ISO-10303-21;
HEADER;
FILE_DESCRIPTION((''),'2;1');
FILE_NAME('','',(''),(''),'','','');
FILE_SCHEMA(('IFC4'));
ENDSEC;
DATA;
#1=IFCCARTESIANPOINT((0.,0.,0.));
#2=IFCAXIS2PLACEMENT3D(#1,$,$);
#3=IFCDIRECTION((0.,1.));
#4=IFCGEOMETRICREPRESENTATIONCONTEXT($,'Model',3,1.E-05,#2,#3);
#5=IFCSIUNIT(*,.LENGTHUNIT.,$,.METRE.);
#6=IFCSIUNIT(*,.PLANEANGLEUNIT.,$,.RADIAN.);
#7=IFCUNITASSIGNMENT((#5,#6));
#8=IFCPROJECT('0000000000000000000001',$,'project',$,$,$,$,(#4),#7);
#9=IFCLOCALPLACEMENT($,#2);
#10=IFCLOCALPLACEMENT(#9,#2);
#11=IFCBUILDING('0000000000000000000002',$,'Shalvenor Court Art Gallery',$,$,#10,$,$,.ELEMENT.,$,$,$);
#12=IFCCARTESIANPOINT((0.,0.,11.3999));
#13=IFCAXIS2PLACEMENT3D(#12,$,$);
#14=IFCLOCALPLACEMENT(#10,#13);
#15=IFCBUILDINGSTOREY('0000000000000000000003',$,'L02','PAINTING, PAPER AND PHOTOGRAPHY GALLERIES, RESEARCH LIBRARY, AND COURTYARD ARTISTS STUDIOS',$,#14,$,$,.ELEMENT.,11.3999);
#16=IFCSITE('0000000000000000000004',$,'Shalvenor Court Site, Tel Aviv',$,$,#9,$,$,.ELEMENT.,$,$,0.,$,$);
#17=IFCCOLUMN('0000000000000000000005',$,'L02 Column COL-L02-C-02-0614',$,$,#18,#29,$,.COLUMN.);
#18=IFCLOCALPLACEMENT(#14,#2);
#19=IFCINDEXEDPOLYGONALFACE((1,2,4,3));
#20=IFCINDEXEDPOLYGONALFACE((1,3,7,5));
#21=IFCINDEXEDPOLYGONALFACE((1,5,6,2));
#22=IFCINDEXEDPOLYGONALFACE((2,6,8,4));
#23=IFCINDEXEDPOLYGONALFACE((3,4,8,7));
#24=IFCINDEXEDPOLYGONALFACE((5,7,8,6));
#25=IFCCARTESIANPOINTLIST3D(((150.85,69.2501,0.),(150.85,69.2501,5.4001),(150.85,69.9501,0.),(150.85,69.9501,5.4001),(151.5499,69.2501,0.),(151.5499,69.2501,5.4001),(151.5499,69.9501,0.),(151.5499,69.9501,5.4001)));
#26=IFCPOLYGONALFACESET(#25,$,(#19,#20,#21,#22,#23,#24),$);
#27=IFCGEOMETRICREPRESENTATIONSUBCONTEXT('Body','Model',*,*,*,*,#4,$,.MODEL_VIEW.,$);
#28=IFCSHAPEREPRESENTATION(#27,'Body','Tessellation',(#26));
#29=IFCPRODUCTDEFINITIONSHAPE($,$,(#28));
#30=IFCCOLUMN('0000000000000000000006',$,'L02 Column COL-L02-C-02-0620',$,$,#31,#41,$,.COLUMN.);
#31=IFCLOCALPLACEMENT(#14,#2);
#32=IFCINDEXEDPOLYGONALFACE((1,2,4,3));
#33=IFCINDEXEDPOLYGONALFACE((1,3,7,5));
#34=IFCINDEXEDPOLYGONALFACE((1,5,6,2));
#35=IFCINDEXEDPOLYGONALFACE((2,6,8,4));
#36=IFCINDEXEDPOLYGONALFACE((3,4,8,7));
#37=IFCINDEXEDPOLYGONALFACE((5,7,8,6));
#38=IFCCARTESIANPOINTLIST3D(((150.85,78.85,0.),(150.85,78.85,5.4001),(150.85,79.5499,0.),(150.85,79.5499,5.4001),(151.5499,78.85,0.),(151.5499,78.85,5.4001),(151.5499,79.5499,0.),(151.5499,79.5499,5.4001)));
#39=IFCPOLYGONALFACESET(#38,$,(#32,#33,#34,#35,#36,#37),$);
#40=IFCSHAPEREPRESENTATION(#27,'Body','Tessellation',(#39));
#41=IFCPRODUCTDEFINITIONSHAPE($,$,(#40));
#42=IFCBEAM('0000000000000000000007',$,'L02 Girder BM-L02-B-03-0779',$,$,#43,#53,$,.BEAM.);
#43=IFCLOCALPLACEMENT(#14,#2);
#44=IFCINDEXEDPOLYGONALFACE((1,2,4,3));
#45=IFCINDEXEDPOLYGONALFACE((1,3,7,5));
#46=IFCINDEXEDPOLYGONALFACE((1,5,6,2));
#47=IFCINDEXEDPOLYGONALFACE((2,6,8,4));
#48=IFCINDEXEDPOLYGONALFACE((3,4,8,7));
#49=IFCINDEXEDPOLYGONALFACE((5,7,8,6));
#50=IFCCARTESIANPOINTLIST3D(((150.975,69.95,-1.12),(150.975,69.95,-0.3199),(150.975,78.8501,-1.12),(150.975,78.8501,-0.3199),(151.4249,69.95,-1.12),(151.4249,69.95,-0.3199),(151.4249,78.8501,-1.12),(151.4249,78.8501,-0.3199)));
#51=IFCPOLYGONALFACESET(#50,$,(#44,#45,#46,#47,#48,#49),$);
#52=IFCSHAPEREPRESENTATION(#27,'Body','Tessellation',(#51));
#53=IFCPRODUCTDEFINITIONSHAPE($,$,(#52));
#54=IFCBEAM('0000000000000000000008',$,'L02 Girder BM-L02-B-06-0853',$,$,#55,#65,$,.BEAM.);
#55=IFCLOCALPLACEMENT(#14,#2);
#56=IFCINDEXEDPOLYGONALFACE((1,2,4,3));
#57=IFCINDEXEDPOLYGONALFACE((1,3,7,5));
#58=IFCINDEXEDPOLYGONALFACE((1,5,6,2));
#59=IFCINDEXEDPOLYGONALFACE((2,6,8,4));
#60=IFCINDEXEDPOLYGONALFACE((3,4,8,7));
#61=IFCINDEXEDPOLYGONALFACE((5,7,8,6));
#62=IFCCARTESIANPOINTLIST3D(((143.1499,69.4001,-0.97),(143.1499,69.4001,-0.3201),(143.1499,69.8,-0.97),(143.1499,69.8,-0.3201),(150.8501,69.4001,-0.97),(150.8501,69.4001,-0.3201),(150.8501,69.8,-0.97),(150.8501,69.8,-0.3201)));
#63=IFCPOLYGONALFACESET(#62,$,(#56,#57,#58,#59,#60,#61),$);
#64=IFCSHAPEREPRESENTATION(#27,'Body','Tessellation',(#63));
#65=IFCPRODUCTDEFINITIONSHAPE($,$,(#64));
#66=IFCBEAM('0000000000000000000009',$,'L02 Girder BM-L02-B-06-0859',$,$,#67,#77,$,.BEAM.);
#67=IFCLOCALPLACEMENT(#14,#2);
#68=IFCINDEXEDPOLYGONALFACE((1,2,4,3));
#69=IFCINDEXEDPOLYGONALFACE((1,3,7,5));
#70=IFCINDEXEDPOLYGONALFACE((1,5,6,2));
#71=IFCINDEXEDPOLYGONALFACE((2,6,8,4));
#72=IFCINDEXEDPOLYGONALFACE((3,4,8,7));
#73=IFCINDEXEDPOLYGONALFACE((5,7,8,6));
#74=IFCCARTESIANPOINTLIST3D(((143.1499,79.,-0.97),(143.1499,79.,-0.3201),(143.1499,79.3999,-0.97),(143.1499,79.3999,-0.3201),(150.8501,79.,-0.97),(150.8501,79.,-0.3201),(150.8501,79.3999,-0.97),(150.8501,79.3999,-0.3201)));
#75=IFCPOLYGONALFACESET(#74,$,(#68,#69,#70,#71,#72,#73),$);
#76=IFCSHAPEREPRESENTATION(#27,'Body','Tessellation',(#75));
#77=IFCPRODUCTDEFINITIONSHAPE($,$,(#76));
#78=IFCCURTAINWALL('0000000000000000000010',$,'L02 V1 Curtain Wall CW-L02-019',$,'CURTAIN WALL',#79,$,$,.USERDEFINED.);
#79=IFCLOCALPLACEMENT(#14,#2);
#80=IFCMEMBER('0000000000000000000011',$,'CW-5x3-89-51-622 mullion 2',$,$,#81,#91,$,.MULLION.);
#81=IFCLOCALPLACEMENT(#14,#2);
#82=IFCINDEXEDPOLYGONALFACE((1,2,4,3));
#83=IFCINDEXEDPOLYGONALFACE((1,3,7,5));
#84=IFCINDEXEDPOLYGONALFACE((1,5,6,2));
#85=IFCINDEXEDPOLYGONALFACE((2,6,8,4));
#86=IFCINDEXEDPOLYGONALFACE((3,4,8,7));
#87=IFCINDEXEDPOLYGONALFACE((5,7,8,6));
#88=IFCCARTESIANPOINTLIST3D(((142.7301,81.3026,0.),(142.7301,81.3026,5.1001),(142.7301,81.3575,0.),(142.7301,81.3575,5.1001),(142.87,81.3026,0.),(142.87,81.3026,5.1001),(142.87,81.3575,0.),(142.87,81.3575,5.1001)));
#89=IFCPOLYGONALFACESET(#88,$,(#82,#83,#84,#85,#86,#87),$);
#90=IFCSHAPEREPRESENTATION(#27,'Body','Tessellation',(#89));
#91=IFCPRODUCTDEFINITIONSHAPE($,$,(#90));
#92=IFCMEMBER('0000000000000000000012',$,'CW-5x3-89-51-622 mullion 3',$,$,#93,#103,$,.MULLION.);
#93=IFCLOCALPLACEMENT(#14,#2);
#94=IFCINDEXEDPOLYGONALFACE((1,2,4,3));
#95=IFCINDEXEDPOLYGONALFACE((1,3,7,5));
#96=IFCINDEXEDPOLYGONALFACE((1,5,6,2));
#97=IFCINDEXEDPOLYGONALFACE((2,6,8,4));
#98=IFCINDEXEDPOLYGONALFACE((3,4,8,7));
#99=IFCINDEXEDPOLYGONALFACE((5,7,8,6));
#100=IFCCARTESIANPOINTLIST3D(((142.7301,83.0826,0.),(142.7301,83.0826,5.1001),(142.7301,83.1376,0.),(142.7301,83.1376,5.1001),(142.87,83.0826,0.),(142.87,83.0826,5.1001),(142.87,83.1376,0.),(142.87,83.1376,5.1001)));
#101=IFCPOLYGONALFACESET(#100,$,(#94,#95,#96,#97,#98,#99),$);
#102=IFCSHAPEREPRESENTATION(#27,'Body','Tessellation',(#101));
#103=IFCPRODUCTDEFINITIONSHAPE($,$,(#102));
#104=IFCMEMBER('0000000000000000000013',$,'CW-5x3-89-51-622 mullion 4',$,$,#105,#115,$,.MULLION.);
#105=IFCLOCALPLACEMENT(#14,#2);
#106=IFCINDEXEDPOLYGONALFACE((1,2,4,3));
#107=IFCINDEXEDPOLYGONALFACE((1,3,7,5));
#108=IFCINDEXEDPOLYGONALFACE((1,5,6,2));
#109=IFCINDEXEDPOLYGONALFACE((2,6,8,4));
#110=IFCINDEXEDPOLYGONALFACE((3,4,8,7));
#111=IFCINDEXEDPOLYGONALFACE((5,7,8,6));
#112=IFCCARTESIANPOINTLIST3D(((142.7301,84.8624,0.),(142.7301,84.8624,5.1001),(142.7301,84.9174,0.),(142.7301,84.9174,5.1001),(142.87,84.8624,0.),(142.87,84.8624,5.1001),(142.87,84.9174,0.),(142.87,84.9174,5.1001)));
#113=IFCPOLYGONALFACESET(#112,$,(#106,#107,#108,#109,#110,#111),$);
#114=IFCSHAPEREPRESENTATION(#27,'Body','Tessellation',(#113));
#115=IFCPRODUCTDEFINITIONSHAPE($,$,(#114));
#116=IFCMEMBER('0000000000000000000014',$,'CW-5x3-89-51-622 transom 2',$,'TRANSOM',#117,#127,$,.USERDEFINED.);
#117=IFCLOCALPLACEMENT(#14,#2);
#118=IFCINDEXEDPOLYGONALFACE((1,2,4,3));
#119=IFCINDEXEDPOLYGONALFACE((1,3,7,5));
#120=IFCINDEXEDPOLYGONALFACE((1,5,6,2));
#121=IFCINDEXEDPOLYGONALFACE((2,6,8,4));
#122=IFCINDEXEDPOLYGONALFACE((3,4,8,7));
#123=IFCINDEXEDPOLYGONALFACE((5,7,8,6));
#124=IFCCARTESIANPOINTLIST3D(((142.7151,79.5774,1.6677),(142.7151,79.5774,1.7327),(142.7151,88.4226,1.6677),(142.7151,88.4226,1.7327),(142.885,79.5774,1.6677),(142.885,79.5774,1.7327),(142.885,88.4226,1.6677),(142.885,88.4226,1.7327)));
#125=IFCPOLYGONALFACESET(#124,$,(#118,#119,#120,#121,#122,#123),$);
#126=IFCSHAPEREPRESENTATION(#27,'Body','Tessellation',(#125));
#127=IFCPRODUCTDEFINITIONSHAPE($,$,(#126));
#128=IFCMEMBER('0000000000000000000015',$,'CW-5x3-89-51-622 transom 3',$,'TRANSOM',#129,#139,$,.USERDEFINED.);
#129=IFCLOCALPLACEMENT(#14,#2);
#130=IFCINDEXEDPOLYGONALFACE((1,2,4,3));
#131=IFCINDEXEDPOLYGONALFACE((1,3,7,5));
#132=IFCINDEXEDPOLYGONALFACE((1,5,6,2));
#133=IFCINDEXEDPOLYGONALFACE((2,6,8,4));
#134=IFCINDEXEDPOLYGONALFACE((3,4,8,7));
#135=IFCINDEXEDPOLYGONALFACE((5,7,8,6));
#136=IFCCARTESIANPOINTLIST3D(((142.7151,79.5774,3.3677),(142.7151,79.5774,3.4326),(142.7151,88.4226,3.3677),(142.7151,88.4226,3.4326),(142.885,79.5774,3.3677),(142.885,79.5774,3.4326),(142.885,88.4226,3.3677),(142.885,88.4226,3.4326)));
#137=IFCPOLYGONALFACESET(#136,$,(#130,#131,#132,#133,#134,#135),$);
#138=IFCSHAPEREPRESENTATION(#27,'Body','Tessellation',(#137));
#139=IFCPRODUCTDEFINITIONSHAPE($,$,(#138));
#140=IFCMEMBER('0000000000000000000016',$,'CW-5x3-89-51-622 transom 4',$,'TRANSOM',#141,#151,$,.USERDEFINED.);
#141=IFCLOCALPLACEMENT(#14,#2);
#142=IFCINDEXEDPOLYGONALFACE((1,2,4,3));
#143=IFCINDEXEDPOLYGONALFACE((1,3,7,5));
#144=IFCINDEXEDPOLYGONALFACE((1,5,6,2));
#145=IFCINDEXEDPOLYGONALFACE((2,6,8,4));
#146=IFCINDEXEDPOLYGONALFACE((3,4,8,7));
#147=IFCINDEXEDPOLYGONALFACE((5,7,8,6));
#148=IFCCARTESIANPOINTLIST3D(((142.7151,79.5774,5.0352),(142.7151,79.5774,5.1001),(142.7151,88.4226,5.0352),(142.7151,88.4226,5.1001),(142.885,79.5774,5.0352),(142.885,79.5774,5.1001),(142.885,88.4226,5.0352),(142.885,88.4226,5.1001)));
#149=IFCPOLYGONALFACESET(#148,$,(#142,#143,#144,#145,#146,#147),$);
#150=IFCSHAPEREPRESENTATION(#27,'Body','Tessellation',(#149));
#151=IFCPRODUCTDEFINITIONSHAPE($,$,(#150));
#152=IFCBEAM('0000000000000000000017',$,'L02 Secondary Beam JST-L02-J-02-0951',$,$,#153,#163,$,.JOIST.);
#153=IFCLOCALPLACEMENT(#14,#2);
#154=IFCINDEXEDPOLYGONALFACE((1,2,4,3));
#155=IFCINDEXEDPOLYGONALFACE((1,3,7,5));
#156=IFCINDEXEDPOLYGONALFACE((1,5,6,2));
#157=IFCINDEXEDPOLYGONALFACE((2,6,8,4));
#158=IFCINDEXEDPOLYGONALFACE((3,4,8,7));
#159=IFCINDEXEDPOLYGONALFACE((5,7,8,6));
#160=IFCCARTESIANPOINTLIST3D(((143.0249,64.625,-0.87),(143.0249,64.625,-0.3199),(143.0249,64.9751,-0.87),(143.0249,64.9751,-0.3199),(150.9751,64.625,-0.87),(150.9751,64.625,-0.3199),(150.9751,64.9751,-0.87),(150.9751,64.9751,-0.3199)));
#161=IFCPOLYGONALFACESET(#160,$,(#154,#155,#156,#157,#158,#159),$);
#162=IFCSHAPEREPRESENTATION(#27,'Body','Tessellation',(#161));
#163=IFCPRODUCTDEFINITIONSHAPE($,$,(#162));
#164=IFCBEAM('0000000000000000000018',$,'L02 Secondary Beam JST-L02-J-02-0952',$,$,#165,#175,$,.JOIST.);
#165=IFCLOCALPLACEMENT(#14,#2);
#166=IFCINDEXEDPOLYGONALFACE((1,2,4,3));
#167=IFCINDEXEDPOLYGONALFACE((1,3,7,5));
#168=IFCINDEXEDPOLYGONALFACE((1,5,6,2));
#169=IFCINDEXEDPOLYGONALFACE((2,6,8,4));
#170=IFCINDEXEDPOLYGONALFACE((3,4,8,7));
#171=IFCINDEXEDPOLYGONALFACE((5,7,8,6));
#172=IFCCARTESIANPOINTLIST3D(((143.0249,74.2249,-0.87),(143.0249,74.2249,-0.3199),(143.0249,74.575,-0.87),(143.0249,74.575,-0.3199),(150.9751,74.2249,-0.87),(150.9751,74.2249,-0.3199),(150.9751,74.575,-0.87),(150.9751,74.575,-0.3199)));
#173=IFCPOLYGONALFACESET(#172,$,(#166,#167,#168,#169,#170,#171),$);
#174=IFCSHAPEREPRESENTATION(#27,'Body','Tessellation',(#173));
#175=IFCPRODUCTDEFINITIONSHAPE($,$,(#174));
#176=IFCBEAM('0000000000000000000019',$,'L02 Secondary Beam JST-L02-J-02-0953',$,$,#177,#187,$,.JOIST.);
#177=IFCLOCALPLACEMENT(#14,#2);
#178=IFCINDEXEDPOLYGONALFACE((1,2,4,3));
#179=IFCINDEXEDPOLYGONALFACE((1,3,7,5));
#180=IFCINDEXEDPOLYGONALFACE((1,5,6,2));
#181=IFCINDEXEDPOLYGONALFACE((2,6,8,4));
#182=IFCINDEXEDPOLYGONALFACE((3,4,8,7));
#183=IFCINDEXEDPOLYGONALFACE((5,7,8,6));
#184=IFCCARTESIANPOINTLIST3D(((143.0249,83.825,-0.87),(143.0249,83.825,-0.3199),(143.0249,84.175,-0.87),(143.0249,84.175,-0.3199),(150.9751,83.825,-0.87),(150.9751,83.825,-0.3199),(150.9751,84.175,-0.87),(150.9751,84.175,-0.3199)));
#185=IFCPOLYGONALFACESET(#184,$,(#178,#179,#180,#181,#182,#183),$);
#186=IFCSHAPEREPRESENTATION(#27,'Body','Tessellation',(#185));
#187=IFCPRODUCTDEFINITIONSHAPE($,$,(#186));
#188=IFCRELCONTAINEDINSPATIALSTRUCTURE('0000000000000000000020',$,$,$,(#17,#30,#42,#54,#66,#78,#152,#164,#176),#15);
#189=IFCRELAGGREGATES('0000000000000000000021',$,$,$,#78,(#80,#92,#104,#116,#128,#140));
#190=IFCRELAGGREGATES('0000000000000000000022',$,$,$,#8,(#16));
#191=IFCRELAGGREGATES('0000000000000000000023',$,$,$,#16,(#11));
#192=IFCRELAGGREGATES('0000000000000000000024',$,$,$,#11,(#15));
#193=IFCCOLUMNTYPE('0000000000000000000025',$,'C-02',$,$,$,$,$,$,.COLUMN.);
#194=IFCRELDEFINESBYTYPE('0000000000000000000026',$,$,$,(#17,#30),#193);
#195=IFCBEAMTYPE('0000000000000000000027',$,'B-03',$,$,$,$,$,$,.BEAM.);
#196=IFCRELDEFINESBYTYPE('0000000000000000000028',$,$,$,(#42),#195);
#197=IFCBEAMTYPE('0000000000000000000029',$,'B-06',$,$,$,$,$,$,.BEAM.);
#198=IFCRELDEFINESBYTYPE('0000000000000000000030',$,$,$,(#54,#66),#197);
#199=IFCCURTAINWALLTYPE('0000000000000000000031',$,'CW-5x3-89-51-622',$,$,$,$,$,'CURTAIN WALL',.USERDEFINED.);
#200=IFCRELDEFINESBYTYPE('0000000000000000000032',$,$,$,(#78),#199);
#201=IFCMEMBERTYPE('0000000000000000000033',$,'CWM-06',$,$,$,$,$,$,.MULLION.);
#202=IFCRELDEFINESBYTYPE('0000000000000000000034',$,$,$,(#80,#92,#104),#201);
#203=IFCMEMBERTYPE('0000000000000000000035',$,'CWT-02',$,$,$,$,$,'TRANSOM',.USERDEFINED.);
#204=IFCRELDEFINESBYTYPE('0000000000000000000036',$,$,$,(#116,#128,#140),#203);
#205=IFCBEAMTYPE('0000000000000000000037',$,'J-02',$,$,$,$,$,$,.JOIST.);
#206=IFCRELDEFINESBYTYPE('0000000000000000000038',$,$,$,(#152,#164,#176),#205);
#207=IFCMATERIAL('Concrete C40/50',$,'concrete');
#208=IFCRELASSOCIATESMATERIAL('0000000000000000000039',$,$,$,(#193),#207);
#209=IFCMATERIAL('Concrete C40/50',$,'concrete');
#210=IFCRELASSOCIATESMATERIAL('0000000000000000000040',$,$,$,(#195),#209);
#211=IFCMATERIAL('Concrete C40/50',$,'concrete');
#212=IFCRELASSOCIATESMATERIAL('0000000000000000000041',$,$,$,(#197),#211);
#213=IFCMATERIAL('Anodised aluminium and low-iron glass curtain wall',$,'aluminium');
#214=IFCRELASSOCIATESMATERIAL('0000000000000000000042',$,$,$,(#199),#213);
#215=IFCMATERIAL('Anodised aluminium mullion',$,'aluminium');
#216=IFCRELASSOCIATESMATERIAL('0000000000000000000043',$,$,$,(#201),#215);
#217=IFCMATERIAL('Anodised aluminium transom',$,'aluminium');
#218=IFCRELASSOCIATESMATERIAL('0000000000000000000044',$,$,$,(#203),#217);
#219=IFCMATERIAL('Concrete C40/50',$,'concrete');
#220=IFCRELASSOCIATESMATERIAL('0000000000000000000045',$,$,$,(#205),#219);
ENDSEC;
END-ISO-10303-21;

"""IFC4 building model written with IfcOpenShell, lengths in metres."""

from ifc_helpers import new_model, si_unit, direction, frame, origin, origin_2d, place, context, subcontext, project, spatial, rectangle, extrude, material, material_profile, profile_set, type_object, element, aggregate, save


model = new_model("IFC4")

# Units and contexts
model_context = context("Model", 3, precision=1e-05, world=origin(), true_north=direction((0.0, 1.0)))
body_context = subcontext(model_context, "Body", "Model", "MODEL_VIEW")
ifc_project = project(units=[si_unit("LENGTHUNIT", "METRE"), si_unit("PLANEANGLEUNIT", "RADIAN")], contexts=[model_context])

# Site, building, storey
site_placement = place(None, origin())
site = spatial("IfcSite", under=ifc_project, at=site_placement, Name="Shalvenor Court Site, Tel Aviv", CompositionType="ELEMENT", RefElevation=0.0)
building_placement = place(site_placement, origin())
building = spatial("IfcBuilding", under=site, at=building_placement, Name="Shalvenor Court Art Gallery", CompositionType="ELEMENT")
storey_placement = place(building_placement, frame((0.0, 0.0, 11.3999)))
storey = spatial("IfcBuildingStorey", under=building, at=storey_placement, Name="L02", Description="PAINTING, PAPER AND PHOTOGRAPHY GALLERIES, RESEARCH LIBRARY, AND COURTYARD ARTISTS STUDIOS", CompositionType="ELEMENT", Elevation=11.3999)

# Columns
ifc_material_1 = material(Name="Concrete C40/50", Category="concrete")
ifc_material_profile_1 = material_profile(ifc_material_1, rectangle(XDim=0.7, YDim=0.7, at=origin_2d()), Name="RC 700x700")
ifc_profile_set_1 = profile_set([ifc_material_profile_1], Name="Concrete C40/50")
column_type = type_object("IfcColumnType", Name="C-02", PredefinedType="COLUMN", material=ifc_profile_set_1)
for number, where, z_axis, x_axis, name in (
    (1, (151.2, 69.6001, 0.0), (0.0, 0.0, 1.0), (1.0, 0.0, 0.0), "L02 Column COL-L02-C-02-0614"),
    (2, (151.2, 79.2, 0.0), (0.0, 0.0, 1.0), (1.0, 0.0, 0.0), "L02 Column COL-L02-C-02-0620"),
):
    element("IfcColumn", number, at=place(storey_placement, frame(where, z_axis=z_axis, x_axis=x_axis)), inside=storey, type_object=column_type, Name=name, PredefinedType="COLUMN", context=body_context, shape_type="SweptSolid", body=[
        extrude(rectangle(XDim=0.7, YDim=0.7, at=origin_2d()), origin(), (0.0, 0.0, 1.0), 5.4001),
    ])

# Beams
ifc_material_2 = material(Name="Concrete C40/50", Category="concrete")
ifc_material_profile_2 = material_profile(ifc_material_2, rectangle(XDim=0.45, YDim=0.8, at=origin_2d()), Name="RC 450x800")
ifc_profile_set_2 = profile_set([ifc_material_profile_2], Name="Concrete C40/50")
beam_type_1 = type_object("IfcBeamType", Name="B-03", PredefinedType="BEAM", material=ifc_profile_set_2)
beam_placement = place(storey_placement, frame((151.2, 69.95, -0.72), z_axis=(0.0, 1.0, 0.0), x_axis=(-1.0, 0.0, 0.0)))
element("IfcBeam", 3, at=beam_placement, inside=storey, type_object=beam_type_1, Name="L02 Girder BM-L02-B-03-0779", PredefinedType="BEAM", context=body_context, shape_type="SweptSolid", body=[
    extrude(rectangle(XDim=0.45, YDim=0.8, at=origin_2d()), origin(), (0.0, 0.0, 1.0), 8.9001),
])
ifc_material_3 = material(Name="Concrete C40/50", Category="concrete")
ifc_material_profile_3 = material_profile(ifc_material_3, rectangle(XDim=0.3999, YDim=0.6499, at=origin_2d()), Name="RC 400x650")
ifc_profile_set_3 = profile_set([ifc_material_profile_3], Name="Concrete C40/50")
beam_type_2 = type_object("IfcBeamType", Name="B-06", PredefinedType="BEAM", material=ifc_profile_set_3)
for number, where, z_axis, x_axis, name in (
    (4, (143.1499, 69.6001, -0.645), (1.0, 0.0, 0.0), (0.0, 1.0, 0.0), "L02 Girder BM-L02-B-06-0853"),
    (5, (143.1499, 79.2, -0.645), (1.0, 0.0, 0.0), (0.0, 1.0, 0.0), "L02 Girder BM-L02-B-06-0859"),
):
    element("IfcBeam", number, at=place(storey_placement, frame(where, z_axis=z_axis, x_axis=x_axis)), inside=storey, type_object=beam_type_2, Name=name, PredefinedType="BEAM", context=body_context, shape_type="SweptSolid", body=[
        extrude(rectangle(XDim=0.3999, YDim=0.6499, at=origin_2d()), origin(), (0.0, 0.0, 1.0), 7.7002),
    ])

# Curtain wall, members
ifc_material_4 = material(Name="Anodised aluminium and low-iron glass curtain wall", Category="aluminium")
curtain_wall_type = type_object("IfcCurtainWallType", Name="CW-5x3-89-51-622", ElementType="CURTAIN WALL", PredefinedType="USERDEFINED", material=ifc_material_4)
curtain_wall_placement = place(storey_placement, origin())
curtain_wall = element("IfcCurtainWall", 6, at=curtain_wall_placement, inside=storey, type_object=curtain_wall_type, Name="L02 V1 Curtain Wall CW-L02-019", ObjectType="CURTAIN WALL", PredefinedType="USERDEFINED")
ifc_material_5 = material(Name="Anodised aluminium mullion", Category="aluminium")
ifc_material_profile_4 = material_profile(ifc_material_5, rectangle(XDim=0.0549, YDim=0.1399, at=origin_2d()), Name="CWM-06")
ifc_profile_set_4 = profile_set([ifc_material_profile_4], Name="Anodised aluminium mullion")
member_type_1 = type_object("IfcMemberType", Name="CWM-06", PredefinedType="MULLION", material=ifc_profile_set_4)
member_1_placement = place(storey_placement, frame((142.8, 81.3301, 0.0), z_axis=(0.0, 0.0, 1.0), x_axis=(0.0, 1.0, 0.0)))
member_1 = element("IfcMember", 7, at=member_1_placement, type_object=member_type_1, Name="CW-5x3-89-51-622 mullion 2", PredefinedType="MULLION", context=body_context, shape_type="SweptSolid", body=[
    extrude(rectangle(XDim=0.0549, YDim=0.1399, at=origin_2d()), origin(), (0.0, 0.0, 1.0), 5.1001),
])
member_2_placement = place(storey_placement, frame((142.8, 83.1101, 0.0), z_axis=(0.0, 0.0, 1.0), x_axis=(0.0, 1.0, 0.0)))
member_2 = element("IfcMember", 8, at=member_2_placement, type_object=member_type_1, Name="CW-5x3-89-51-622 mullion 3", PredefinedType="MULLION", context=body_context, shape_type="SweptSolid", body=[
    extrude(rectangle(XDim=0.0549, YDim=0.1399, at=origin_2d()), origin(), (0.0, 0.0, 1.0), 5.1001),
])
member_3_placement = place(storey_placement, frame((142.8, 84.8899, 0.0), z_axis=(0.0, 0.0, 1.0), x_axis=(0.0, 1.0, 0.0)))
member_3 = element("IfcMember", 9, at=member_3_placement, type_object=member_type_1, Name="CW-5x3-89-51-622 mullion 4", PredefinedType="MULLION", context=body_context, shape_type="SweptSolid", body=[
    extrude(rectangle(XDim=0.0549, YDim=0.1399, at=origin_2d()), origin(), (0.0, 0.0, 1.0), 5.1001),
])
ifc_material_6 = material(Name="Anodised aluminium transom", Category="aluminium")
ifc_material_profile_5 = material_profile(ifc_material_6, rectangle(XDim=0.1699, YDim=0.0649, at=origin_2d()), Name="CWT-02")
ifc_profile_set_5 = profile_set([ifc_material_profile_5], Name="Anodised aluminium transom")
member_type_2 = type_object("IfcMemberType", Name="CWT-02", ElementType="TRANSOM", PredefinedType="USERDEFINED", material=ifc_profile_set_5)
member_4_placement = place(storey_placement, frame((142.8, 79.5774, 1.7002), z_axis=(0.0, 1.0, 0.0), x_axis=(-1.0, 0.0, 0.0)))
member_4 = element("IfcMember", 10, at=member_4_placement, type_object=member_type_2, Name="CW-5x3-89-51-622 transom 2", ObjectType="TRANSOM", PredefinedType="USERDEFINED", context=body_context, shape_type="SweptSolid", body=[
    extrude(rectangle(XDim=0.1699, YDim=0.0649, at=origin_2d()), origin(), (0.0, 0.0, 1.0), 8.8452),
])
member_5_placement = place(storey_placement, frame((142.8, 79.5774, 3.4001), z_axis=(0.0, 1.0, 0.0), x_axis=(-1.0, 0.0, 0.0)))
member_5 = element("IfcMember", 11, at=member_5_placement, type_object=member_type_2, Name="CW-5x3-89-51-622 transom 3", ObjectType="TRANSOM", PredefinedType="USERDEFINED", context=body_context, shape_type="SweptSolid", body=[
    extrude(rectangle(XDim=0.1699, YDim=0.0649, at=origin_2d()), origin(), (0.0, 0.0, 1.0), 8.8452),
])
member_6_placement = place(storey_placement, frame((142.8, 79.5774, 5.0676), z_axis=(0.0, 1.0, 0.0), x_axis=(-1.0, 0.0, 0.0)))
member_6 = element("IfcMember", 12, at=member_6_placement, type_object=member_type_2, Name="CW-5x3-89-51-622 transom 4", ObjectType="TRANSOM", PredefinedType="USERDEFINED", context=body_context, shape_type="SweptSolid", body=[
    extrude(rectangle(XDim=0.1699, YDim=0.0649, at=origin_2d()), origin(), (0.0, 0.0, 1.0), 8.8452),
])

# Beams
ifc_material_7 = material(Name="Concrete C40/50", Category="concrete")
ifc_material_profile_6 = material_profile(ifc_material_7, rectangle(XDim=0.3501, YDim=0.55, at=origin_2d()), Name="RC 350x550")
ifc_profile_set_6 = profile_set([ifc_material_profile_6], Name="Concrete C40/50")
beam_type_3 = type_object("IfcBeamType", Name="J-02", PredefinedType="JOIST", material=ifc_profile_set_6)
for number, where, z_axis, x_axis, name in (
    (13, (143.0249, 64.8, -0.595), (1.0, 0.0, 0.0), (0.0, 1.0, 0.0), "L02 Secondary Beam JST-L02-J-02-0951"),
    (14, (143.0249, 74.3999, -0.595), (1.0, 0.0, 0.0), (0.0, 1.0, 0.0), "L02 Secondary Beam JST-L02-J-02-0952"),
    (15, (143.0249, 84.0, -0.595), (1.0, 0.0, 0.0), (0.0, 1.0, 0.0), "L02 Secondary Beam JST-L02-J-02-0953"),
):
    element("IfcBeam", number, at=place(storey_placement, frame(where, z_axis=z_axis, x_axis=x_axis)), inside=storey, type_object=beam_type_3, Name=name, PredefinedType="JOIST", context=body_context, shape_type="SweptSolid", body=[
        extrude(rectangle(XDim=0.3501, YDim=0.55, at=origin_2d()), origin(), (0.0, 0.0, 1.0), 7.9502),
    ])

aggregate(curtain_wall, [member_1, member_2, member_3, member_4, member_5, member_6])

save(model, "model.ifc")
